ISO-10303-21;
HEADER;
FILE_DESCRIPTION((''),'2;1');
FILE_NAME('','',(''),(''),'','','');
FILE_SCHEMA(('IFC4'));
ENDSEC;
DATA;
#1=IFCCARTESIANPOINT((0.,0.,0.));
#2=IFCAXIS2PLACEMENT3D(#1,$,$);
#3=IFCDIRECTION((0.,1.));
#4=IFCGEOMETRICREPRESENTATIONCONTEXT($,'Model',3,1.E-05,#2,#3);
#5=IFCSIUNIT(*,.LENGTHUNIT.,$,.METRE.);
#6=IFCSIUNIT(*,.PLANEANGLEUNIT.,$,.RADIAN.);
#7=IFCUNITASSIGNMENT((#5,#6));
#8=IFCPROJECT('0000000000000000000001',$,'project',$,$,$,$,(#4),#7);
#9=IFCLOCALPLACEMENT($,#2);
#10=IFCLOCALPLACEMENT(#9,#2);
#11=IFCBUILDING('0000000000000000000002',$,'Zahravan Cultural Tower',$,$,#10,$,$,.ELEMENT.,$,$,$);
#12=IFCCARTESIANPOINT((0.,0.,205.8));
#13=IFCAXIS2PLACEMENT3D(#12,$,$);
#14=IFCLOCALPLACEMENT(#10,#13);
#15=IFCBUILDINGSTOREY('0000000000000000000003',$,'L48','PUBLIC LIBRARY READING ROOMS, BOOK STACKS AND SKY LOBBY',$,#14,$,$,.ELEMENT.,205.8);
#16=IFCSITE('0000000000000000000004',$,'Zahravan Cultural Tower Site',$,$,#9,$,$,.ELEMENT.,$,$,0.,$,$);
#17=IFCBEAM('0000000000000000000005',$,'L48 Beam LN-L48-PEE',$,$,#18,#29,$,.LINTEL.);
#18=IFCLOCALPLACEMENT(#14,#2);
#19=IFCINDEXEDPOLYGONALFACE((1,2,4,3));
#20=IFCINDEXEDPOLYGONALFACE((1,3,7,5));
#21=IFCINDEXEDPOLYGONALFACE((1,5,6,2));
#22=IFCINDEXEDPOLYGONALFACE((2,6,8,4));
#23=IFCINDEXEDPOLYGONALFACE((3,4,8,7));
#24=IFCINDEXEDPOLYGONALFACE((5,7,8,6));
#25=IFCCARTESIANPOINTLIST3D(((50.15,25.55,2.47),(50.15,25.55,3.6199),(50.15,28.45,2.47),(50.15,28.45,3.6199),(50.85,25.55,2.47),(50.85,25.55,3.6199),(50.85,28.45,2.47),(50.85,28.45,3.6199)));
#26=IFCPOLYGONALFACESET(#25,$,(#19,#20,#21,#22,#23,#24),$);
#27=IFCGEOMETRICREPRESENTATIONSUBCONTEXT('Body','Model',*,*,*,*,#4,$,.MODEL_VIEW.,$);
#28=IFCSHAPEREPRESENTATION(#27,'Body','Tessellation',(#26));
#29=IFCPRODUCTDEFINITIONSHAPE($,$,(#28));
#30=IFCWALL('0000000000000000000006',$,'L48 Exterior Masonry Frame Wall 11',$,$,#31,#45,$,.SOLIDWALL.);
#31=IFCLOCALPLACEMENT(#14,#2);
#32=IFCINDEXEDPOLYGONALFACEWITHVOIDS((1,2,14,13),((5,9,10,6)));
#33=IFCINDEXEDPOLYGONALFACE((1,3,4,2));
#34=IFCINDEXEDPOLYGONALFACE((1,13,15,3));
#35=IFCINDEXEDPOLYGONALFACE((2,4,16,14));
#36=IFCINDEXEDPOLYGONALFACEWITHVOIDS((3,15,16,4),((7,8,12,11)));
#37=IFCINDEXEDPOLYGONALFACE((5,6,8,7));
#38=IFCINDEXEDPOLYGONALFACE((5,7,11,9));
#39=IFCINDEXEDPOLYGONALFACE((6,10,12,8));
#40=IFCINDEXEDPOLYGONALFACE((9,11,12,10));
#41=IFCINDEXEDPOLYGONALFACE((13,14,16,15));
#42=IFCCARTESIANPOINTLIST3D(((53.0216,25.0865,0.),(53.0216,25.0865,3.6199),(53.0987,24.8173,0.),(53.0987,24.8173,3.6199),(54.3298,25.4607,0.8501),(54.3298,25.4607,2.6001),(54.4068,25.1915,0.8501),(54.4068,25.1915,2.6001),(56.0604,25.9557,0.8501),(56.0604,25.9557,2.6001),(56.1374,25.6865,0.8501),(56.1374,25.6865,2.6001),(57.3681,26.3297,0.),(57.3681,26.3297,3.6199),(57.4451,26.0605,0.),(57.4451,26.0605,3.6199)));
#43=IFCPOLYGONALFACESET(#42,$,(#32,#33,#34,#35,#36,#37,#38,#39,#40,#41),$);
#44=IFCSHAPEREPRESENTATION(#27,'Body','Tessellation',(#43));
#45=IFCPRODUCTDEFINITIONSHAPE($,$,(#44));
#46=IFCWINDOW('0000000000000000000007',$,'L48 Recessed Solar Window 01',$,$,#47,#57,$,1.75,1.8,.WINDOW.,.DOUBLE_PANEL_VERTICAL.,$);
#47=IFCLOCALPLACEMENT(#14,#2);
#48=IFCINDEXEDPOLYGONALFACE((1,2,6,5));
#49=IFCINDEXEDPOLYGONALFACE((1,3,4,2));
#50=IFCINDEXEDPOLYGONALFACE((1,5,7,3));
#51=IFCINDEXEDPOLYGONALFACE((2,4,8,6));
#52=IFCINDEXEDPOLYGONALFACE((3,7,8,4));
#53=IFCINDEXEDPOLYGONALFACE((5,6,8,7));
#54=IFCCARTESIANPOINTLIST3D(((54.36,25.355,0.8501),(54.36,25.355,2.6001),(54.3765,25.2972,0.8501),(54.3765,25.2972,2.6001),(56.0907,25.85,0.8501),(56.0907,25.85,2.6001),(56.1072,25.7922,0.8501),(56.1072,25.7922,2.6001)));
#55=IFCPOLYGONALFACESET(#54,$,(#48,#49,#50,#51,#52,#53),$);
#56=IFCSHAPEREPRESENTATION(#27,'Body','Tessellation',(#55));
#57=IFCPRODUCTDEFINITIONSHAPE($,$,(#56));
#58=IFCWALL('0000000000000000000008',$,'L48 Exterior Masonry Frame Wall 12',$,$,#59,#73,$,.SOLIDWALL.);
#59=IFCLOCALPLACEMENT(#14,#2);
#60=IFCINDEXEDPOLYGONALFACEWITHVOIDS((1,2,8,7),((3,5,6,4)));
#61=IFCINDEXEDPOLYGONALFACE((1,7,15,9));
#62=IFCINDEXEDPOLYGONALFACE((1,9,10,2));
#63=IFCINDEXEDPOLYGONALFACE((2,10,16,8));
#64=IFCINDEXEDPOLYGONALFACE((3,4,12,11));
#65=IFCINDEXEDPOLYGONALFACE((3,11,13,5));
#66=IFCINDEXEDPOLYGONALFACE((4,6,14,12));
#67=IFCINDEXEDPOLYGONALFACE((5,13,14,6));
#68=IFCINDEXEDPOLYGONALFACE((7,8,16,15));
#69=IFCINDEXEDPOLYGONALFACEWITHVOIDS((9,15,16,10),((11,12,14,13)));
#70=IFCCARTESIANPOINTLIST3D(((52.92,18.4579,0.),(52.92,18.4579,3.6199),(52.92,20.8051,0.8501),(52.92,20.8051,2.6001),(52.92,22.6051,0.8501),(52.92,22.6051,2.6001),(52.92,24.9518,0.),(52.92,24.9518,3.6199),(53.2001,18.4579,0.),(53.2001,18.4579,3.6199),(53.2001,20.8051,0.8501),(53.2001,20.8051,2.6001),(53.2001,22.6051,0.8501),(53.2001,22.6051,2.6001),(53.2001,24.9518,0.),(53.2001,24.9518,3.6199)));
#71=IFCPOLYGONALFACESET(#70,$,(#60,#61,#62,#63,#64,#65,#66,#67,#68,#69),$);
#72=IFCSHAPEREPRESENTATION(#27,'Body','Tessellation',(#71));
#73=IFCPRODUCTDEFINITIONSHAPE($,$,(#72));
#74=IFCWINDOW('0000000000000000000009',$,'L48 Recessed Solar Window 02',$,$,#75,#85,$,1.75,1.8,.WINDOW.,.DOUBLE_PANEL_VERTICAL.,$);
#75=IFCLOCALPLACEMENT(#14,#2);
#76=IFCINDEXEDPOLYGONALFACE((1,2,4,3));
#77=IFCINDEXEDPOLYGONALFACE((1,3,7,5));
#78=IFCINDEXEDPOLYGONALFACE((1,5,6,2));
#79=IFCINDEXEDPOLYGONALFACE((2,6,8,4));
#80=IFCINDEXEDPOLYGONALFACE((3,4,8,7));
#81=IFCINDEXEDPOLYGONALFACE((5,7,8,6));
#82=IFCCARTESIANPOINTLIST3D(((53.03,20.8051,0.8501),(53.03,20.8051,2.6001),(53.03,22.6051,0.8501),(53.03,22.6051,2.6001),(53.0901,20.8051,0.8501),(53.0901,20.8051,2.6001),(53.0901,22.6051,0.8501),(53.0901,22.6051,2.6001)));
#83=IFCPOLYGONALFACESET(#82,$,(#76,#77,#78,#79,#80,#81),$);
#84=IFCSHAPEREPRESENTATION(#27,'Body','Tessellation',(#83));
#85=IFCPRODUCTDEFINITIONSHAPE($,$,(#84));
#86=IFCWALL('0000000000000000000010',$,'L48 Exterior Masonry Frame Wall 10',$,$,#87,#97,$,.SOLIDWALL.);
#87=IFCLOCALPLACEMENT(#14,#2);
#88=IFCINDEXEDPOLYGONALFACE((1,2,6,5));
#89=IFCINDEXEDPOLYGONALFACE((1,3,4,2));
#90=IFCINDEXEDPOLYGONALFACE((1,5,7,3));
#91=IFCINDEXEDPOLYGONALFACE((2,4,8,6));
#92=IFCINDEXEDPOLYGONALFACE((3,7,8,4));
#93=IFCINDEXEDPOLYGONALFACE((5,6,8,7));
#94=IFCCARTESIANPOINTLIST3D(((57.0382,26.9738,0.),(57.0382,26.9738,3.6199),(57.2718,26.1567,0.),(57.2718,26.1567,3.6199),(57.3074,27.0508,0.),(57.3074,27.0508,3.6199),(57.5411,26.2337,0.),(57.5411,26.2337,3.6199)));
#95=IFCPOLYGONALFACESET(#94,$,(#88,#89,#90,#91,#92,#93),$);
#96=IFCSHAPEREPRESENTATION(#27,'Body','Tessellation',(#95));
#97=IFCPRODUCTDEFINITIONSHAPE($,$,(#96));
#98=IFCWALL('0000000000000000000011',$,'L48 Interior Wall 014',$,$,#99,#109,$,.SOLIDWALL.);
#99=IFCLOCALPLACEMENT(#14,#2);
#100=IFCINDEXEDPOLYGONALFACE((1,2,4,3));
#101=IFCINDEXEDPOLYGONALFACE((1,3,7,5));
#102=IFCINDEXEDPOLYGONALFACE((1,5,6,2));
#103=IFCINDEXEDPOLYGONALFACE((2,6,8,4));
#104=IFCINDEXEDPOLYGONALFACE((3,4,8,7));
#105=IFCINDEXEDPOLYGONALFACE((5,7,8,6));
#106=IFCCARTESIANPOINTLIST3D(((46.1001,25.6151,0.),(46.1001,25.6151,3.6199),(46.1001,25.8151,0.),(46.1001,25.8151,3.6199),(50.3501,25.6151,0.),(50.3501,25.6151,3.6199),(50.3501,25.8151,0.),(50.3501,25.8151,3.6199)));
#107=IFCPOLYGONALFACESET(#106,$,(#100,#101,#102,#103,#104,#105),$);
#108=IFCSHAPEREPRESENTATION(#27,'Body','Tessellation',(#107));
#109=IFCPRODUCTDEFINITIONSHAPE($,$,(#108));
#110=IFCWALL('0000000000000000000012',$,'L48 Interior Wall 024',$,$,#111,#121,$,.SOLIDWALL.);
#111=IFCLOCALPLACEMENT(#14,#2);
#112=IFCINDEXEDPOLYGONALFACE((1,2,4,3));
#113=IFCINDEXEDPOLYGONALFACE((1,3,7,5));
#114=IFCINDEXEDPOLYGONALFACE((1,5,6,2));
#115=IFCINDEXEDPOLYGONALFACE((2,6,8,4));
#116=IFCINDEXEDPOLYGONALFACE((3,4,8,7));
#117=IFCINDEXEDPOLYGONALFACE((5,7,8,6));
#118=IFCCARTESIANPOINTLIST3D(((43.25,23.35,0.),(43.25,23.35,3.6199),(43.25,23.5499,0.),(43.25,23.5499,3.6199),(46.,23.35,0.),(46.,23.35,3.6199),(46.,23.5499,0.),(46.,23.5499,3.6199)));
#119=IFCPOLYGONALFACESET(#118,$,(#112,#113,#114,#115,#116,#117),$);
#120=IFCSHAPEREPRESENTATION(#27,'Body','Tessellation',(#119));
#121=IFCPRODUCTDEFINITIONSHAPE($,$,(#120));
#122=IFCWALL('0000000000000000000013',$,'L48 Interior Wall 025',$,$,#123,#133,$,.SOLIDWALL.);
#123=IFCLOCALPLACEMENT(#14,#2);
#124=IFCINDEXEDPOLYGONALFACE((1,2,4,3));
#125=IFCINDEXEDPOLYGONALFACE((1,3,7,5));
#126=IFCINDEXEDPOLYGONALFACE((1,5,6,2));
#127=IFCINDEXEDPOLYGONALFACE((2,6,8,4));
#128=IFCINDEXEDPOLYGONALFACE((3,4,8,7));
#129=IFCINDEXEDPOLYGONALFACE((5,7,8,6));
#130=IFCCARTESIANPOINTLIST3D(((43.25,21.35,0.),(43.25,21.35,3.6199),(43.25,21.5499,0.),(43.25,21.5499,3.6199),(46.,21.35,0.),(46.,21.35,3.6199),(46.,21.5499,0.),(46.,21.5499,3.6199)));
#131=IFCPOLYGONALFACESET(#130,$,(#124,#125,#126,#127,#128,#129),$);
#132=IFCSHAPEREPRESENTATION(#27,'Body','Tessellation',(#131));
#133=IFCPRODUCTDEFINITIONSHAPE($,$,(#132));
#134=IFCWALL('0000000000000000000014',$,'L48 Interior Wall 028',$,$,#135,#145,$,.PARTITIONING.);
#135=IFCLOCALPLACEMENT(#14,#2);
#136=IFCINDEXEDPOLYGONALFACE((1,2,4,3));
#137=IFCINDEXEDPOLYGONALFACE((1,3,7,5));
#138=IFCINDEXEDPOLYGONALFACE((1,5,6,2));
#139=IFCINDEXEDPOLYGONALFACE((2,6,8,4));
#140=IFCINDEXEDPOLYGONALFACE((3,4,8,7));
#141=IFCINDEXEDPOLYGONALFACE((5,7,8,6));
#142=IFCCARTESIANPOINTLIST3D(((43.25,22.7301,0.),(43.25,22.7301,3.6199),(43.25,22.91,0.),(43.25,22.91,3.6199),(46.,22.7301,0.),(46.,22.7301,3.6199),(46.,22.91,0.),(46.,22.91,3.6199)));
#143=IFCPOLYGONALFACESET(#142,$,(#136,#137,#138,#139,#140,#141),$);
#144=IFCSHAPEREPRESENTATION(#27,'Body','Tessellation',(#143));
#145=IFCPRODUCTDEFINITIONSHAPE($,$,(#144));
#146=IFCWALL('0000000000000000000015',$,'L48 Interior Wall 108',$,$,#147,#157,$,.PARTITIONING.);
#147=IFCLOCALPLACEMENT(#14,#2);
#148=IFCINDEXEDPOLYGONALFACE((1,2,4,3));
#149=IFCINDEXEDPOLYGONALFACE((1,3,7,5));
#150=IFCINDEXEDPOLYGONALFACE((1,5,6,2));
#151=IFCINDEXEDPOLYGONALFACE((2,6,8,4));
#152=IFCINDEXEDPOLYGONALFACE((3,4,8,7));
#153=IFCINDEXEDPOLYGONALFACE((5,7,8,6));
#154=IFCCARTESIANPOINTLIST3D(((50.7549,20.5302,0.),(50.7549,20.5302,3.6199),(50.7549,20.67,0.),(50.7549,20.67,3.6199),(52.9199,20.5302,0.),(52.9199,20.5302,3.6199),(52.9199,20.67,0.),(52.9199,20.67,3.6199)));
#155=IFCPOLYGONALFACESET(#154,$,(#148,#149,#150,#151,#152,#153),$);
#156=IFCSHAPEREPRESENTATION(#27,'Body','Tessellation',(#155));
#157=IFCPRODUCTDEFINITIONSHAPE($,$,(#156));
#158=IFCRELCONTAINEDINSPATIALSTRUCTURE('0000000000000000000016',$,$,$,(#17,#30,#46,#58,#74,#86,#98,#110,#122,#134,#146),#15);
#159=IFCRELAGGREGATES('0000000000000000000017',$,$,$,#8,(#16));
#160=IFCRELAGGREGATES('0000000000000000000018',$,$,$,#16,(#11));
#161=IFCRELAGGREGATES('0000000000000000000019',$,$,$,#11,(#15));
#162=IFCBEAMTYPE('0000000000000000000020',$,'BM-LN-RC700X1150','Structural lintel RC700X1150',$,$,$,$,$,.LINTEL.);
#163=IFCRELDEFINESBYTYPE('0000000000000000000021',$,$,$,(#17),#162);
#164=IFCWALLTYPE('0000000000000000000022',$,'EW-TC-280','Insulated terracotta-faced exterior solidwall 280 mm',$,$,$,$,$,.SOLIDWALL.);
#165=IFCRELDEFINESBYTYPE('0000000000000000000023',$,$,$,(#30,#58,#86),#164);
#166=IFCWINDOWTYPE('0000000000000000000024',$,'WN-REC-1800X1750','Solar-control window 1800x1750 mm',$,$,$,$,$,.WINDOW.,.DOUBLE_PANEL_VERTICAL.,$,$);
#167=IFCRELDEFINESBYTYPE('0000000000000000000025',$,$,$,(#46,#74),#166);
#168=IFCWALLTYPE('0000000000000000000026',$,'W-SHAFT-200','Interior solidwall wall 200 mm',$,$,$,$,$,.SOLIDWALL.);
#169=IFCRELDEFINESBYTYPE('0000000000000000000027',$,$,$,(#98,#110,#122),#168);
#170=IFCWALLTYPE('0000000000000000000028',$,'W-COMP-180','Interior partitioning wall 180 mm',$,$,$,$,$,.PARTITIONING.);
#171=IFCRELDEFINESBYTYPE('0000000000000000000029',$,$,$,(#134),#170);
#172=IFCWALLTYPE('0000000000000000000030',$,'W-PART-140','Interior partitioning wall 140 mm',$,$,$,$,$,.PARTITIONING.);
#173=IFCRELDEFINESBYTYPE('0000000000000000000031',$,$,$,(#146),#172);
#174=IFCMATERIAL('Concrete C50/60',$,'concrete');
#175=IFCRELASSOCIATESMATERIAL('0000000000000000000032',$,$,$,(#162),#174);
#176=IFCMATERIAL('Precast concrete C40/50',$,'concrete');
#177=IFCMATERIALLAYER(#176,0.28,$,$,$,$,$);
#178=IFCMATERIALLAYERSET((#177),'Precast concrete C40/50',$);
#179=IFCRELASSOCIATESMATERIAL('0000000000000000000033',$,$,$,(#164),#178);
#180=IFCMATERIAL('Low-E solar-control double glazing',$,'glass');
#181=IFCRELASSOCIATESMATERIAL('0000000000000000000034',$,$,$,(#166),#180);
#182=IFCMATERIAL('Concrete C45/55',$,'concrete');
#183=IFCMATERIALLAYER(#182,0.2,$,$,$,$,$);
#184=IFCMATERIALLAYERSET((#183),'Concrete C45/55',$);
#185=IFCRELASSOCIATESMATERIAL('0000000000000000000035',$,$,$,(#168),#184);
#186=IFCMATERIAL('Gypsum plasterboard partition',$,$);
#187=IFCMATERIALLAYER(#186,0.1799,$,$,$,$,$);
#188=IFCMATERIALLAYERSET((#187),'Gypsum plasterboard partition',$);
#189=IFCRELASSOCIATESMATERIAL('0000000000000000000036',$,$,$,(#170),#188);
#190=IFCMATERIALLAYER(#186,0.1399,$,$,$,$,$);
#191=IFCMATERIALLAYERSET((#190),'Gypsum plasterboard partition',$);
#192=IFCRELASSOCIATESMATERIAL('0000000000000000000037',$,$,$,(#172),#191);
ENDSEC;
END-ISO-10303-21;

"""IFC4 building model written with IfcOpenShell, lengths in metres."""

from ifc_helpers import new_model, si_unit, direction, frame, frame_2d, origin, origin_2d, place, context, subcontext, project, spatial, rectangle, extrude, source, transform, mapped, material, layer, layer_set, material_profile, profile_set, type_object, element, fill, save


model = new_model("IFC4")

# Units and contexts
model_context = context("Model", 3, precision=1e-05, world=origin(), true_north=direction((0.0, 1.0)))
body_context = subcontext(model_context, "Body", "Model", "MODEL_VIEW")
ifc_project = project(units=[si_unit("LENGTHUNIT", "METRE"), si_unit("PLANEANGLEUNIT", "RADIAN")], contexts=[model_context])

# Site, building, storey
site_placement = place(None, origin())
site = spatial("IfcSite", under=ifc_project, at=site_placement, Name="Zahravan Cultural Tower Site", CompositionType="ELEMENT", RefElevation=0.0)
building_placement = place(site_placement, origin())
building = spatial("IfcBuilding", under=site, at=building_placement, Name="Zahravan Cultural Tower", CompositionType="ELEMENT")
storey_placement = place(building_placement, frame((0.0, 0.0, 205.8)))
storey = spatial("IfcBuildingStorey", under=building, at=storey_placement, Name="L48", Description="PUBLIC LIBRARY READING ROOMS, BOOK STACKS AND SKY LOBBY", CompositionType="ELEMENT", Elevation=205.8)

# Beam
ifc_material_1 = material(Name="Concrete C50/60", Category="concrete")
ifc_material_profile = material_profile(ifc_material_1, rectangle(XDim=0.7, YDim=1.1499, at=origin_2d()), Name="RC700X1150")
ifc_profile_set = profile_set([ifc_material_profile], Name="Concrete C50/60")
beam_type = type_object("IfcBeamType", Name="BM-LN-RC700X1150", Description="Structural lintel RC700X1150", PredefinedType="LINTEL", material=ifc_profile_set)
shared_shape_1 = source(origin(), body_context, "Body", "SweptSolid", [
    extrude(rectangle(XDim=0.7, YDim=1.1499, at=origin_2d()), origin(), (0.0, 0.0, 1.0), 2.8999),
])
beam_placement = place(storey_placement, frame((50.5, 25.55, 3.0449), z_axis=(0.0, 1.0, 0.0), x_axis=(-1.0, 0.0, 0.0)))
element("IfcBeam", 1, at=beam_placement, inside=storey, type_object=beam_type, Name="L48 Beam LN-L48-PEE", PredefinedType="LINTEL", context=body_context, shape_type="MappedRepresentation", body=[
    mapped(shared_shape_1, transform((0.0, 0.0, 0.0), x_axis=(1.0, 0.0, 0.0), y_axis=(0.0, 1.0, 0.0), z_axis=(0.0, 0.0, 1.0), scale=1.0)),
])

# Walls, openings, windows
ifc_material_2 = material(Name="Precast concrete C40/50", Category="concrete")
ifc_layer_1 = layer(ifc_material_2, 0.28)
ifc_layer_set_1 = layer_set([ifc_layer_1], Name="Precast concrete C40/50")
wall_type_1 = type_object("IfcWallType", Name="EW-TC-280", Description="Insulated terracotta-faced exterior solidwall 280 mm", PredefinedType="SOLIDWALL", material=ifc_layer_set_1)
wall_1_placement = place(storey_placement, frame((57.4065, 26.1951, 0.0), z_axis=(0.0, 0.0, 1.0), x_axis=(-0.961446, -0.274992, 0.0)))
wall_1 = element("IfcWall", 2, at=wall_1_placement, inside=storey, type_object=wall_type_1, Name="L48 Exterior Masonry Frame Wall 11", PredefinedType="SOLIDWALL", context=body_context, shape_type="SweptSolid", body=[
    extrude(rectangle(XDim=4.5208, YDim=0.28, at=frame_2d((2.2603, 0.0))), origin(), (0.0, 0.0, 1.0), 3.6199),
])
opening_1_placement = place(wall_1_placement, frame((1.3601, 0.0, 0.8501)))
opening_1 = element("IfcOpeningElement", 3, at=opening_1_placement, cuts=wall_1, PredefinedType="OPENING", context=body_context, shape_type="SweptSolid", body=[
    extrude(rectangle(XDim=1.8, YDim=1.75, at=frame_2d((0.8999, 0.875))), frame((0.0, 0.1499, 0.0), z_axis=(0.0, -1.0, 0.0), x_axis=(1.0, 0.0, 0.0)), (0.0, 0.0, 1.0), 0.3),
])
ifc_material_3 = material(Name="Low-E solar-control double glazing", Category="glass")
window_type = type_object("IfcWindowType", Name="WN-REC-1800X1750", Description="Solar-control window 1800x1750 mm", PartitioningType="DOUBLE_PANEL_VERTICAL", PredefinedType="WINDOW", material=ifc_material_3)
shared_shape_2 = source(origin(), body_context, "Body", "SweptSolid", [
    extrude(rectangle(XDim=1.8, YDim=1.75, at=frame_2d((0.8999, 0.875))), frame((0.0, 0.03, 0.0), z_axis=(0.0, -1.0, 0.0), x_axis=(1.0, 0.0, 0.0)), (0.0, 0.0, 1.0), 0.0601),
])
window_1_placement = place(opening_1_placement, origin())
window_1 = element("IfcWindow", 4, at=window_1_placement, inside=storey, type_object=window_type, Name="L48 Recessed Solar Window 01", OverallHeight=1.75, OverallWidth=1.8, PartitioningType="DOUBLE_PANEL_VERTICAL", PredefinedType="WINDOW", context=body_context, shape_type="MappedRepresentation", body=[
    mapped(shared_shape_2, transform((0.0, 0.0, 0.0), x_axis=(1.0, 0.0, 0.0), y_axis=(0.0, 1.0, 0.0), z_axis=(0.0, 0.0, 1.0), scale=1.0)),
])
fill(opening_1, window_1)
wall_2_placement = place(storey_placement, frame((53.0601, 24.9519, 0.0), z_axis=(0.0, 0.0, 1.0), x_axis=(0.0, -1.0, 0.0)))
wall_2 = element("IfcWall", 5, at=wall_2_placement, inside=storey, type_object=wall_type_1, Name="L48 Exterior Masonry Frame Wall 12", PredefinedType="SOLIDWALL", context=body_context, shape_type="SweptSolid", body=[
    extrude(rectangle(XDim=6.4939, YDim=0.28, at=frame_2d((3.2471, 0.0))), origin(), (0.0, 0.0, 1.0), 3.6199),
])
opening_2_placement = place(wall_2_placement, frame((2.3469, 0.0, 0.8501)))
opening_2 = element("IfcOpeningElement", 6, at=opening_2_placement, cuts=wall_2, PredefinedType="OPENING", context=body_context, shape_type="SweptSolid", body=[
    extrude(rectangle(XDim=1.8, YDim=1.75, at=frame_2d((0.8999, 0.875))), frame((0.0, 0.1499, 0.0), z_axis=(0.0, -1.0, 0.0), x_axis=(1.0, 0.0, 0.0)), (0.0, 0.0, 1.0), 0.3),
])
window_2_placement = place(opening_2_placement, origin())
window_2 = element("IfcWindow", 7, at=window_2_placement, inside=storey, type_object=window_type, Name="L48 Recessed Solar Window 02", OverallHeight=1.75, OverallWidth=1.8, PartitioningType="DOUBLE_PANEL_VERTICAL", PredefinedType="WINDOW", context=body_context, shape_type="MappedRepresentation", body=[
    mapped(shared_shape_2, transform((0.0, 0.0, 0.0), x_axis=(1.0, 0.0, 0.0), y_axis=(0.0, 1.0, 0.0), z_axis=(0.0, 0.0, 1.0), scale=1.0)),
])
fill(opening_2, window_2)

# Walls
shared_shape_3 = source(origin(), body_context, "Body", "SweptSolid", [
    extrude(rectangle(XDim=0.8499, YDim=0.28, at=frame_2d((0.4248, 0.0))), origin(), (0.0, 0.0, 1.0), 3.6199),
])
wall_3_placement = place(storey_placement, frame((57.1729, 27.0122, 0.0), z_axis=(0.0, 0.0, 1.0), x_axis=(0.274911, -0.96147, 0.0)))
element("IfcWall", 8, at=wall_3_placement, inside=storey, type_object=wall_type_1, Name="L48 Exterior Masonry Frame Wall 10", PredefinedType="SOLIDWALL", context=body_context, shape_type="MappedRepresentation", body=[
    mapped(shared_shape_3, transform((0.0, 0.0, 0.0), x_axis=(1.0, 0.0, 0.0), y_axis=(0.0, 1.0, 0.0), z_axis=(0.0, 0.0, 1.0), scale=1.0)),
])
ifc_material_4 = material(Name="Concrete C45/55", Category="concrete")
ifc_layer_2 = layer(ifc_material_4, 0.2)
ifc_layer_set_2 = layer_set([ifc_layer_2], Name="Concrete C45/55")
wall_type_2 = type_object("IfcWallType", Name="W-SHAFT-200", Description="Interior solidwall wall 200 mm", PredefinedType="SOLIDWALL", material=ifc_layer_set_2)
shared_shape_4 = source(origin(), body_context, "Body", "SweptSolid", [
    extrude(rectangle(XDim=4.25, YDim=0.2, at=frame_2d((2.125, 0.0))), origin(), (0.0, 0.0, 1.0), 3.6199),
])
wall_4_placement = place(storey_placement, frame((46.1001, 25.7151, 0.0), z_axis=(0.0, 0.0, 1.0), x_axis=(1.0, 0.0, 0.0)))
element("IfcWall", 9, at=wall_4_placement, inside=storey, type_object=wall_type_2, Name="L48 Interior Wall 014", PredefinedType="SOLIDWALL", context=body_context, shape_type="MappedRepresentation", body=[
    mapped(shared_shape_4, transform((0.0, 0.0, 0.0), x_axis=(1.0, 0.0, 0.0), y_axis=(0.0, 1.0, 0.0), z_axis=(0.0, 0.0, 1.0), scale=1.0)),
])
shared_shape_5 = source(origin(), body_context, "Body", "SweptSolid", [
    extrude(rectangle(XDim=2.75, YDim=0.2, at=frame_2d((1.375, 0.0))), origin(), (0.0, 0.0, 1.0), 3.6199),
])
for number, where, z_axis, x_axis, name in (
    (10, (43.25, 23.45, 0.0), (0.0, 0.0, 1.0), (1.0, 0.0, 0.0), "L48 Interior Wall 024"),
    (11, (43.25, 21.45, 0.0), (0.0, 0.0, 1.0), (1.0, 0.0, 0.0), "L48 Interior Wall 025"),
):
    element("IfcWall", number, at=place(storey_placement, frame(where, z_axis=z_axis, x_axis=x_axis)), inside=storey, type_object=wall_type_2, Name=name, PredefinedType="SOLIDWALL", context=body_context, shape_type="MappedRepresentation", body=[
        mapped(shared_shape_5, transform((0.0, 0.0, 0.0), x_axis=(1.0, 0.0, 0.0), y_axis=(0.0, 1.0, 0.0), z_axis=(0.0, 0.0, 1.0), scale=1.0)),
    ])
ifc_material_5 = material(Name="Gypsum plasterboard partition")
ifc_layer_3 = layer(ifc_material_5, 0.1799)
ifc_layer_set_3 = layer_set([ifc_layer_3], Name="Gypsum plasterboard partition")
wall_type_3 = type_object("IfcWallType", Name="W-COMP-180", Description="Interior partitioning wall 180 mm", PredefinedType="PARTITIONING", material=ifc_layer_set_3)
shared_shape_6 = source(origin(), body_context, "Body", "SweptSolid", [
    extrude(rectangle(XDim=2.75, YDim=0.1799, at=frame_2d((1.375, 0.0))), origin(), (0.0, 0.0, 1.0), 3.6199),
])
wall_5_placement = place(storey_placement, frame((43.25, 22.8201, 0.0), z_axis=(0.0, 0.0, 1.0), x_axis=(1.0, 0.0, 0.0)))
element("IfcWall", 12, at=wall_5_placement, inside=storey, type_object=wall_type_3, Name="L48 Interior Wall 028", PredefinedType="PARTITIONING", context=body_context, shape_type="MappedRepresentation", body=[
    mapped(shared_shape_6, transform((0.0, 0.0, 0.0), x_axis=(1.0, 0.0, 0.0), y_axis=(0.0, 1.0, 0.0), z_axis=(0.0, 0.0, 1.0), scale=1.0)),
])
ifc_layer_4 = layer(ifc_material_5, 0.1399)
ifc_layer_set_4 = layer_set([ifc_layer_4], Name="Gypsum plasterboard partition")
wall_type_4 = type_object("IfcWallType", Name="W-PART-140", Description="Interior partitioning wall 140 mm", PredefinedType="PARTITIONING", material=ifc_layer_set_4)
shared_shape_7 = source(origin(), body_context, "Body", "SweptSolid", [
    extrude(rectangle(XDim=2.165, YDim=0.1399, at=frame_2d((1.0825, 0.0))), origin(), (0.0, 0.0, 1.0), 3.6199),
])
wall_6_placement = place(storey_placement, frame((50.7549, 20.6001, 0.0), z_axis=(0.0, 0.0, 1.0), x_axis=(1.0, 0.0, 0.0)))
element("IfcWall", 13, at=wall_6_placement, inside=storey, type_object=wall_type_4, Name="L48 Interior Wall 108", PredefinedType="PARTITIONING", context=body_context, shape_type="MappedRepresentation", body=[
    mapped(shared_shape_7, transform((0.0, 0.0, 0.0), x_axis=(1.0, 0.0, 0.0), y_axis=(0.0, 1.0, 0.0), z_axis=(0.0, 0.0, 1.0), scale=1.0)),
])

save(model, "model.ifc")
